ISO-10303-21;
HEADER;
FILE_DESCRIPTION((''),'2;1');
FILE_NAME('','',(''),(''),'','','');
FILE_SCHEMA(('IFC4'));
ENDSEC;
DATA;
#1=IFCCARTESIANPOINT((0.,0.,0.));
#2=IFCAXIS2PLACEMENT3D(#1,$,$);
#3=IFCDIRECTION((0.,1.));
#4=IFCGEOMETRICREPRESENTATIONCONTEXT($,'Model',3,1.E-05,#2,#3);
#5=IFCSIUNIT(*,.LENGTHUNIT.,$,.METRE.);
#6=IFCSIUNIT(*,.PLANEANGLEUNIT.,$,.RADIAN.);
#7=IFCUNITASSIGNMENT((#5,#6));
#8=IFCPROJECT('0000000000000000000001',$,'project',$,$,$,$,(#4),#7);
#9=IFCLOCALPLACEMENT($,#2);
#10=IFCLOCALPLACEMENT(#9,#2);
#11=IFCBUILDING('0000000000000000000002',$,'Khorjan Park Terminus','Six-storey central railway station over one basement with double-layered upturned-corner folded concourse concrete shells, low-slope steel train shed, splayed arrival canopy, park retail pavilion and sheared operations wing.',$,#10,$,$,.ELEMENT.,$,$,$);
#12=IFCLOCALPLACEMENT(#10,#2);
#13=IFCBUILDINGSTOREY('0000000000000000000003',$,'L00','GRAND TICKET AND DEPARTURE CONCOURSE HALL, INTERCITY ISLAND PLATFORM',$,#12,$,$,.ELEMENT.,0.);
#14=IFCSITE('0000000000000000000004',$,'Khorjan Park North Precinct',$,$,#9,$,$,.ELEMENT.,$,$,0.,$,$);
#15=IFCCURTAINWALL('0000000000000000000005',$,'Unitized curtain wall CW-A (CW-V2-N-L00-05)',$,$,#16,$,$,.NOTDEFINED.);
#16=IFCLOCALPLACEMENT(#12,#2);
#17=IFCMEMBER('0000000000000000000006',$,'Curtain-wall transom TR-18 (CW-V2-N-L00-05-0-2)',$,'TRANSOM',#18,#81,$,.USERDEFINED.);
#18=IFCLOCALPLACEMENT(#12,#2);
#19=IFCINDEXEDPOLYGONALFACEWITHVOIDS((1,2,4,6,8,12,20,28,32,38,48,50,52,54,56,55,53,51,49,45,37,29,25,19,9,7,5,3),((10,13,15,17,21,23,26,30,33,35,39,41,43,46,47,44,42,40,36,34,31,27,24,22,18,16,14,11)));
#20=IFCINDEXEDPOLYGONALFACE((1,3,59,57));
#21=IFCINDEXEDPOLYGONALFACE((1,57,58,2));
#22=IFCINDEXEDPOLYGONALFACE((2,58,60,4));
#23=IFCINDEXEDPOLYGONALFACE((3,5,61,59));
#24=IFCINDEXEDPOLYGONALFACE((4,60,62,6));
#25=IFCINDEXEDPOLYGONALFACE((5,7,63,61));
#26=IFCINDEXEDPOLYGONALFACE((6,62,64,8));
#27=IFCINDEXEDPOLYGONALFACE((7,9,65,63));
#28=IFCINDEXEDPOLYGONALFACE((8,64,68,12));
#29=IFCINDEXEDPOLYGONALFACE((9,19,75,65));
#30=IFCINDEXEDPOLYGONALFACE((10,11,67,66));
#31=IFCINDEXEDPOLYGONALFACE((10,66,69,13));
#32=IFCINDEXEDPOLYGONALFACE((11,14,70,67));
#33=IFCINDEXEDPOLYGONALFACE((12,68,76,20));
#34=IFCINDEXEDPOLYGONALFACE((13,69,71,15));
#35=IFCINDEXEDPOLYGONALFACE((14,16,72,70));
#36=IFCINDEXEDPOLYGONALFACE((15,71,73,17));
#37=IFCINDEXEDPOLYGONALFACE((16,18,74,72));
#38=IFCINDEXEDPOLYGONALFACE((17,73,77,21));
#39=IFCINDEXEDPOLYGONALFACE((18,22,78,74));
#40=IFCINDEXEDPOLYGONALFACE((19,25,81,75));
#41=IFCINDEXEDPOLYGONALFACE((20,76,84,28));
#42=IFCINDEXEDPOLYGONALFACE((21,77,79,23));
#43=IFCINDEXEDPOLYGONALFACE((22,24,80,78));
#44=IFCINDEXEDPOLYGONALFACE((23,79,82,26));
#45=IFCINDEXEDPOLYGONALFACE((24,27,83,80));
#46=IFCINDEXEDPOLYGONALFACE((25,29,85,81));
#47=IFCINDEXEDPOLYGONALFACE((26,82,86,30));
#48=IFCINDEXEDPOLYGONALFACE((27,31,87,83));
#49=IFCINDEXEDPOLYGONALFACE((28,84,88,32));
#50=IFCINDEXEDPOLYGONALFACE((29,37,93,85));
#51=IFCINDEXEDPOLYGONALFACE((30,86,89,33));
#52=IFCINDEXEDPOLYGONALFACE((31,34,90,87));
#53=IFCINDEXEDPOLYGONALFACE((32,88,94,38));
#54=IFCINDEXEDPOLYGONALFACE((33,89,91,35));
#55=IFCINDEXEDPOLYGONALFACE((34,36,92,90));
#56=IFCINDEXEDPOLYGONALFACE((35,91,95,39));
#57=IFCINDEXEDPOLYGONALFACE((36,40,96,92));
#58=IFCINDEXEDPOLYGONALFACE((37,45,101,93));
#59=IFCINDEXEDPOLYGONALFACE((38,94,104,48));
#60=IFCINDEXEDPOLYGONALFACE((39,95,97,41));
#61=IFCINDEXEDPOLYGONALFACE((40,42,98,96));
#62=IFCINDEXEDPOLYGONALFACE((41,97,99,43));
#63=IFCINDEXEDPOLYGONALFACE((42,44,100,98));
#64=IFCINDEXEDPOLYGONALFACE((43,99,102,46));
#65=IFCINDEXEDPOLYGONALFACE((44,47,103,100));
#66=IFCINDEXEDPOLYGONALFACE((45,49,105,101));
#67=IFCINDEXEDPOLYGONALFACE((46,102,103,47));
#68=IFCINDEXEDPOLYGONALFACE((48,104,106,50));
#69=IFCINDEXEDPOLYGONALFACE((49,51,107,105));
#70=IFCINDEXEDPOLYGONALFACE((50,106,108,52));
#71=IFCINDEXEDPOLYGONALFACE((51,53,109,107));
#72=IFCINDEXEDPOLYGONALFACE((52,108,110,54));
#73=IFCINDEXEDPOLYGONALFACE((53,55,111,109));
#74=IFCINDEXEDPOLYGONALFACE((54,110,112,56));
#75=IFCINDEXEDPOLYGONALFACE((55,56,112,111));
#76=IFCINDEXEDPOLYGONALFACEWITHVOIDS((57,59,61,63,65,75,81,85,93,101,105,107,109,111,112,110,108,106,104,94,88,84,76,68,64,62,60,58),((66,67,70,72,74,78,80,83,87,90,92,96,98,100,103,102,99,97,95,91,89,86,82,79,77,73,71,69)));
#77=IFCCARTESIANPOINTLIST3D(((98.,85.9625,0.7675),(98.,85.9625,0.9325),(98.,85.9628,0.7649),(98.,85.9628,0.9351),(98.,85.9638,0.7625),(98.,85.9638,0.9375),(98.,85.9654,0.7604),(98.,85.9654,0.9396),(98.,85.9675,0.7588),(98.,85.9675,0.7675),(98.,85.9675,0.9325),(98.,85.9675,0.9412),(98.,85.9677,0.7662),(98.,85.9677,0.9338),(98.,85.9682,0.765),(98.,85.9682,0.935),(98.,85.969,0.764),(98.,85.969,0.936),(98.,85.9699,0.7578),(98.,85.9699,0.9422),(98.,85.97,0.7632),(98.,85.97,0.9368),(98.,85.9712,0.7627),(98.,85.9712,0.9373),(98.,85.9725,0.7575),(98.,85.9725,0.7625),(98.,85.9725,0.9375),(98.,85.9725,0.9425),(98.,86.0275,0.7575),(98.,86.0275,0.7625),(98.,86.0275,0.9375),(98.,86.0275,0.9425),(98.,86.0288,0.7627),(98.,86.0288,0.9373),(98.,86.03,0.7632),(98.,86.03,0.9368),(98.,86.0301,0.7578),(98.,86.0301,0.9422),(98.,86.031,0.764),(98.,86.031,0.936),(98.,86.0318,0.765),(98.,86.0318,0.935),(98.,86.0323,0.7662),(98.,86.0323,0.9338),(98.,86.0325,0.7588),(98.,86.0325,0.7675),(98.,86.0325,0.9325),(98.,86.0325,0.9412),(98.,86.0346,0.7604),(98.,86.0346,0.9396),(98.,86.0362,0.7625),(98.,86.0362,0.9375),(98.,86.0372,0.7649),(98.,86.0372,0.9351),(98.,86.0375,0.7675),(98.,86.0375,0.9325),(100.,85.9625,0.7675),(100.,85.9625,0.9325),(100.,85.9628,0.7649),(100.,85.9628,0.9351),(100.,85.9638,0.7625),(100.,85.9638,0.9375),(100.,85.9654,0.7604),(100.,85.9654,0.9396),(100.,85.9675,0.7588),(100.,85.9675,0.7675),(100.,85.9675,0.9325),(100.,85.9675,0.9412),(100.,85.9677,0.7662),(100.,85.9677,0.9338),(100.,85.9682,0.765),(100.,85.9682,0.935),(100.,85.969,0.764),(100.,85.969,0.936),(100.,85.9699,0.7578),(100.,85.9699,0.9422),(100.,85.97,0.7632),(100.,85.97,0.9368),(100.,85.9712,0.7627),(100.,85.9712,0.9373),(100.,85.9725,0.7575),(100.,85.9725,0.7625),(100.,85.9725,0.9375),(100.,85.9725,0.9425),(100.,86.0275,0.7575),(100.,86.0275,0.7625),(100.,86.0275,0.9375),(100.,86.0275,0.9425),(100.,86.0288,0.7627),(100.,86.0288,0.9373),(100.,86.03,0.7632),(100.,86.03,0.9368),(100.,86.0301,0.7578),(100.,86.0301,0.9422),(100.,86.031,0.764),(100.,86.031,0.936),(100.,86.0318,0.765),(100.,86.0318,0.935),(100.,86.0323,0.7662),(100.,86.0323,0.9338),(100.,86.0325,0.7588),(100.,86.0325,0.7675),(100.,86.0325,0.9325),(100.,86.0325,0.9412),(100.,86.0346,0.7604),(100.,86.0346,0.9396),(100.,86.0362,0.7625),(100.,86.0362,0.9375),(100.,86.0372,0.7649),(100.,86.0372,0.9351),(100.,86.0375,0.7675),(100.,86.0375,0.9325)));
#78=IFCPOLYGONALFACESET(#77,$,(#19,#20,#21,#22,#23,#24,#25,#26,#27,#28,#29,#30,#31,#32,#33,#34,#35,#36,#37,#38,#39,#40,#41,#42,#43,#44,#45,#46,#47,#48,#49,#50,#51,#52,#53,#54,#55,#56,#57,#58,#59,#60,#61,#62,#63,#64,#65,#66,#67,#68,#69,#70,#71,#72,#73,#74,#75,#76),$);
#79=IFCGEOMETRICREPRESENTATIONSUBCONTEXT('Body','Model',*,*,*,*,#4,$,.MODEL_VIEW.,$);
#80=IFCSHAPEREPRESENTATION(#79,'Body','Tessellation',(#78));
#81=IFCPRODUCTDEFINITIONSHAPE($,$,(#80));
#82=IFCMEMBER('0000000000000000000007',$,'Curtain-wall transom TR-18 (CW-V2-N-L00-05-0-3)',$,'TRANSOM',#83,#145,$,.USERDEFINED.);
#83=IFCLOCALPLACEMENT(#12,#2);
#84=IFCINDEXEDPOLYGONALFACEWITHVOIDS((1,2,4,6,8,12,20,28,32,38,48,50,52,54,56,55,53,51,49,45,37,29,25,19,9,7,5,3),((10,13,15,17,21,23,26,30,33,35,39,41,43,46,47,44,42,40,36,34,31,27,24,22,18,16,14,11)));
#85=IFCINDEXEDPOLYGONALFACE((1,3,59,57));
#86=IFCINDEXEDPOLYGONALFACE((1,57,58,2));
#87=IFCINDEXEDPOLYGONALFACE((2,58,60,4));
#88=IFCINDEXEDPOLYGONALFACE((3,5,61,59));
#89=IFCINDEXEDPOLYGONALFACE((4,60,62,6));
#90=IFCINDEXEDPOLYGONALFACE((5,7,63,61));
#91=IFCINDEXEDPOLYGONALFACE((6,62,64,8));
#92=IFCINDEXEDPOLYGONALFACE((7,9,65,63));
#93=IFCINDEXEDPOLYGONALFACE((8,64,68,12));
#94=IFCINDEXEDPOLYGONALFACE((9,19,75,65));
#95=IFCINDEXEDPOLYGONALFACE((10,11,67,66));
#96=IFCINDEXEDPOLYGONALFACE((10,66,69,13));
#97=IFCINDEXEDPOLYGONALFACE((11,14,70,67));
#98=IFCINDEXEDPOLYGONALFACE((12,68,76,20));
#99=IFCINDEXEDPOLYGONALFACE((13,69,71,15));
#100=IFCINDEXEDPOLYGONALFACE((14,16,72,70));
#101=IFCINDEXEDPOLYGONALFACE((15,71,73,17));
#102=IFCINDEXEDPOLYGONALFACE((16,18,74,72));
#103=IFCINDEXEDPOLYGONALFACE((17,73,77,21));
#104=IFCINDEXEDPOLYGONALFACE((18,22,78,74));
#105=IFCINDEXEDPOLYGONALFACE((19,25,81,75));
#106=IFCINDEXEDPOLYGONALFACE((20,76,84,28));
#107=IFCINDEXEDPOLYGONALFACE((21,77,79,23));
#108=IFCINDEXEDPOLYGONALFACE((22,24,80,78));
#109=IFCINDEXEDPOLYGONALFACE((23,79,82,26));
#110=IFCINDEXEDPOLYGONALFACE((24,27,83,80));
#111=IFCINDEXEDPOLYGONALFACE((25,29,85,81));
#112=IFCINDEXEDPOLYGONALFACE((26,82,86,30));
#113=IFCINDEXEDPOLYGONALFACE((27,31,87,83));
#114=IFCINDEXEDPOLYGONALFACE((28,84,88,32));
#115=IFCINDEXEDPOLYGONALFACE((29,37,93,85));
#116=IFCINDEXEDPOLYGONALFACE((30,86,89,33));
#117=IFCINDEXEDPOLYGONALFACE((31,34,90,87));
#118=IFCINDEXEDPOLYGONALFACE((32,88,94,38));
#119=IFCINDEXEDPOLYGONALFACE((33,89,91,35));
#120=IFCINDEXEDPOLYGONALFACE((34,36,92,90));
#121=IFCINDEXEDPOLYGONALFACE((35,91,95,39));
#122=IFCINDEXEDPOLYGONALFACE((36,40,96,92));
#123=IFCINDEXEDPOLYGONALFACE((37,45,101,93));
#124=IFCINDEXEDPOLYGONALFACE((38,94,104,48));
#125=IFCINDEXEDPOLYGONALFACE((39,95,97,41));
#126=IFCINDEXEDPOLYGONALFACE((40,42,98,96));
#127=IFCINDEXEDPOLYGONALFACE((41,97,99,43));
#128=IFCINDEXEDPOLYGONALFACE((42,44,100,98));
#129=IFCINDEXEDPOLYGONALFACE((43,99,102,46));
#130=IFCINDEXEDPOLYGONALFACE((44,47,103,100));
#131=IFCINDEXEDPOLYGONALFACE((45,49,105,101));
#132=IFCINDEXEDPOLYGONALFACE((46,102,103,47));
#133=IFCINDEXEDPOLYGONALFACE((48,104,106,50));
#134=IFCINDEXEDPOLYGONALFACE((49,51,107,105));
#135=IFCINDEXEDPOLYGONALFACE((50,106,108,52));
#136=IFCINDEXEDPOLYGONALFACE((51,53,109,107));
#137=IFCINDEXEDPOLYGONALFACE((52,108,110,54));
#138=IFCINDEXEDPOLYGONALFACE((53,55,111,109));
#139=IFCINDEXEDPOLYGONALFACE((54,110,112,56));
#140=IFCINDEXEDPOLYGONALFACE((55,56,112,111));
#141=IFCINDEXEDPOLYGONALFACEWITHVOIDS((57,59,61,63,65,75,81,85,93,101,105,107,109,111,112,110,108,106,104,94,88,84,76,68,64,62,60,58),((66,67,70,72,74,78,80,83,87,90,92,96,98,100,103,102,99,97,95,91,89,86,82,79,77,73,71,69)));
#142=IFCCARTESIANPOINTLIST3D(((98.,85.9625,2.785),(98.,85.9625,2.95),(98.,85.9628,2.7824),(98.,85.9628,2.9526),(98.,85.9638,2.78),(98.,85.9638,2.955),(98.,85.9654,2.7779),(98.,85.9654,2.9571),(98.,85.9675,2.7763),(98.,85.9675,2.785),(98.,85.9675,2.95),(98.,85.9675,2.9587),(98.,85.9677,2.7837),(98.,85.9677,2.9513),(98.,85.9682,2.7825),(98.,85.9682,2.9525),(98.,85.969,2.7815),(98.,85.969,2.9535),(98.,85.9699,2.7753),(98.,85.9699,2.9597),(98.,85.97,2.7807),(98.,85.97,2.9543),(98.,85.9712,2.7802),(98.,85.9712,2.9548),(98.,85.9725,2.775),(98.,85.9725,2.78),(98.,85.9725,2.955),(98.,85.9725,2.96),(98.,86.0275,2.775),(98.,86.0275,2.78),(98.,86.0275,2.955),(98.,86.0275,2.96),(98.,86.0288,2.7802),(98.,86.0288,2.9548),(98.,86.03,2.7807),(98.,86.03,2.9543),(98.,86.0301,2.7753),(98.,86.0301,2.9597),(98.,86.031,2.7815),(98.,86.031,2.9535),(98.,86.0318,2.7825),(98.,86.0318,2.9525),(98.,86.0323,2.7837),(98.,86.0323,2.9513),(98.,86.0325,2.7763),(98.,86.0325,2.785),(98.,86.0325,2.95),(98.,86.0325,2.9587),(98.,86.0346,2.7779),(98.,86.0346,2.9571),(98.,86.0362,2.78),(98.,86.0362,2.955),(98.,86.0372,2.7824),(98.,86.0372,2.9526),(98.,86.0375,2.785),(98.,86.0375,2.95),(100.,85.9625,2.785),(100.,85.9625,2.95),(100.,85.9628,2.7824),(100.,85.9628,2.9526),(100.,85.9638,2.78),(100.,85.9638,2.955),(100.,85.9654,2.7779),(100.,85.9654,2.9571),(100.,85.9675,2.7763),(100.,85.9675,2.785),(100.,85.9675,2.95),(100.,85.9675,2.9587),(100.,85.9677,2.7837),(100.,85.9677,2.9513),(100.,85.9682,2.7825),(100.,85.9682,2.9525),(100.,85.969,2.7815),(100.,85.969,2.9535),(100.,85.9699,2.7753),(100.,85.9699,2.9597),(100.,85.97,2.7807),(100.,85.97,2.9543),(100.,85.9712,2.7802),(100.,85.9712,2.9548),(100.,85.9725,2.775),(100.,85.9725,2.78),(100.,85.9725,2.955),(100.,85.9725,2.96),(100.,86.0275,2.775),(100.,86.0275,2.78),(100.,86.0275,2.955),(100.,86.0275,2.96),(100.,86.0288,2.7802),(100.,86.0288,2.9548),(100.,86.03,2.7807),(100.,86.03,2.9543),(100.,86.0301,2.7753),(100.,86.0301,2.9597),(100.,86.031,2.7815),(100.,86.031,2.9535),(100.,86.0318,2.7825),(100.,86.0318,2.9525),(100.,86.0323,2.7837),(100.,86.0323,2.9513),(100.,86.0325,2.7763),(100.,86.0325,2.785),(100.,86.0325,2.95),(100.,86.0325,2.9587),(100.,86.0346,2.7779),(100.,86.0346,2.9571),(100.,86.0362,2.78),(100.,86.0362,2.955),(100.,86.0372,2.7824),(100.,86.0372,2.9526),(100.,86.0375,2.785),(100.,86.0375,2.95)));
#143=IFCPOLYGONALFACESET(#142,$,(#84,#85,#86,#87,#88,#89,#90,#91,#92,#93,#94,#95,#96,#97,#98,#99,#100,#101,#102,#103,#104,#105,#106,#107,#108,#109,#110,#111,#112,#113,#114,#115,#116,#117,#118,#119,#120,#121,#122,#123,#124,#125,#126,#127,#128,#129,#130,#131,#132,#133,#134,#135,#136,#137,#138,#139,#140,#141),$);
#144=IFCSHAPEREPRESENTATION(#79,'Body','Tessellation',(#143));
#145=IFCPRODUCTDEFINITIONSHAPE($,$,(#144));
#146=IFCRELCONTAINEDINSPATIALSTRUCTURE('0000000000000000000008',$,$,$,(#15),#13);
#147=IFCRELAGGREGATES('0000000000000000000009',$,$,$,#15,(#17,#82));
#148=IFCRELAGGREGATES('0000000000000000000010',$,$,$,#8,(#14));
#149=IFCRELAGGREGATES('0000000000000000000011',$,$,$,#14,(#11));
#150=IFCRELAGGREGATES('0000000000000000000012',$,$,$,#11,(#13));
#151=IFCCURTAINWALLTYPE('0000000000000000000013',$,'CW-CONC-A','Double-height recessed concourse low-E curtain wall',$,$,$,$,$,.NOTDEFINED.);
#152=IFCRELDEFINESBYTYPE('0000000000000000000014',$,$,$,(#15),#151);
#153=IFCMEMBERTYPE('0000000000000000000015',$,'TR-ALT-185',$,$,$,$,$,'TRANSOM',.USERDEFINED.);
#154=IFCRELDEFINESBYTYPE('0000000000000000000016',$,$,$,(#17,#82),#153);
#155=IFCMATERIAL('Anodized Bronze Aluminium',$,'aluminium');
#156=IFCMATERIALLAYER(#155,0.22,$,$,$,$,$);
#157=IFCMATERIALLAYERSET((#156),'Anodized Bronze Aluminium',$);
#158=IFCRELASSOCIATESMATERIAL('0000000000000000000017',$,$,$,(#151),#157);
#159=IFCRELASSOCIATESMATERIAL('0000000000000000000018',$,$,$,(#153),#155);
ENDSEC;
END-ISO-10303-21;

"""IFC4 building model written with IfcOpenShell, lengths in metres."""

from ifc_helpers import new_model, si_unit, direction, frame, origin, origin_2d, place, context, subcontext, project, spatial, hollow_rectangle, extrude, material, layer, layer_set, material_profile, profile_set, type_object, element, aggregate, save


model = new_model("IFC4")

# Units and contexts
model_context = context("Model", 3, precision=1e-05, world=origin(), true_north=direction((0.0, 1.0)))
body_context = subcontext(model_context, "Body", "Model", "MODEL_VIEW")
ifc_project = project(units=[si_unit("LENGTHUNIT", "METRE"), si_unit("PLANEANGLEUNIT", "RADIAN")], contexts=[model_context])

# Site, building, storey
site_placement = place(None, origin())
site = spatial("IfcSite", under=ifc_project, at=site_placement, Name="Khorjan Park North Precinct", CompositionType="ELEMENT", RefElevation=0.0)
building_placement = place(site_placement, origin())
building = spatial("IfcBuilding", under=site, at=building_placement, Name="Khorjan Park Terminus", Description="Six-storey central railway station over one basement with double-layered upturned-corner folded concourse concrete shells, low-slope steel train shed, splayed arrival canopy, park retail pavilion and sheared operations wing.", CompositionType="ELEMENT")
storey_placement = place(building_placement, origin())
storey = spatial("IfcBuildingStorey", under=building, at=storey_placement, Name="L00", Description="GRAND TICKET AND DEPARTURE CONCOURSE HALL, INTERCITY ISLAND PLATFORM", CompositionType="ELEMENT", Elevation=0.0)

# Shared definitions
ifc_material_1 = material(Name="Anodized Bronze Aluminium", Category="aluminium")

# Curtain wall
ifc_layer_1 = layer(ifc_material_1, 0.22)
ifc_layer_set_1 = layer_set([ifc_layer_1], Name="Anodized Bronze Aluminium")
curtain_wall_type_1 = type_object("IfcCurtainWallType", Name="CW-CONC-A", Description="Double-height recessed concourse low-E curtain wall", PredefinedType="NOTDEFINED", material=ifc_layer_set_1)
curtain_wall_1_placement = place(storey_placement, origin())
curtain_wall_1 = element("IfcCurtainWall", 1, at=curtain_wall_1_placement, inside=storey, type_object=curtain_wall_type_1, Name="Unitized curtain wall CW-A (CW-V2-N-L00-05)", PredefinedType="NOTDEFINED")

# Members
ifc_material_profile_1 = material_profile(ifc_material_1, hollow_rectangle(XDim=0.075, YDim=0.185, WallThickness=0.005, InnerFilletRadius=0.005, OuterFilletRadius=0.01, at=origin_2d()), Name="ALT 75x185x5")
ifc_profile_set_1 = profile_set([ifc_material_profile_1], Name="Anodized Bronze Aluminium")
member_type_1 = type_object("IfcMemberType", Name="TR-ALT-185", ElementType="TRANSOM", PredefinedType="USERDEFINED", material=ifc_profile_set_1)
member_1_placement = place(storey_placement, frame((100.0, 86.0, 0.85), z_axis=(-1.0, 0.0, 0.0), x_axis=(0.0, -1.0, 0.0)))
member_1 = element("IfcMember", 2, at=member_1_placement, type_object=member_type_1, Name="Curtain-wall transom TR-18 (CW-V2-N-L00-05-0-2)", ObjectType="TRANSOM", PredefinedType="USERDEFINED", context=body_context, shape_type="SweptSolid", body=[
    extrude(hollow_rectangle(XDim=0.075, YDim=0.185, WallThickness=0.005, InnerFilletRadius=0.005, OuterFilletRadius=0.01, at=origin_2d()), origin(), (0.0, 0.0, 1.0), 2.0),
])
member_2_placement = place(storey_placement, frame((100.0, 86.0, 2.8675), z_axis=(-1.0, 0.0, 0.0), x_axis=(0.0, -1.0, 0.0)))
member_2 = element("IfcMember", 3, at=member_2_placement, type_object=member_type_1, Name="Curtain-wall transom TR-18 (CW-V2-N-L00-05-0-3)", ObjectType="TRANSOM", PredefinedType="USERDEFINED", context=body_context, shape_type="SweptSolid", body=[
    extrude(hollow_rectangle(XDim=0.075, YDim=0.185, WallThickness=0.005, InnerFilletRadius=0.005, OuterFilletRadius=0.01, at=origin_2d()), origin(), (0.0, 0.0, 1.0), 2.0),
])

aggregate(curtain_wall_1, [member_1, member_2])

save(model, "model.ifc")
